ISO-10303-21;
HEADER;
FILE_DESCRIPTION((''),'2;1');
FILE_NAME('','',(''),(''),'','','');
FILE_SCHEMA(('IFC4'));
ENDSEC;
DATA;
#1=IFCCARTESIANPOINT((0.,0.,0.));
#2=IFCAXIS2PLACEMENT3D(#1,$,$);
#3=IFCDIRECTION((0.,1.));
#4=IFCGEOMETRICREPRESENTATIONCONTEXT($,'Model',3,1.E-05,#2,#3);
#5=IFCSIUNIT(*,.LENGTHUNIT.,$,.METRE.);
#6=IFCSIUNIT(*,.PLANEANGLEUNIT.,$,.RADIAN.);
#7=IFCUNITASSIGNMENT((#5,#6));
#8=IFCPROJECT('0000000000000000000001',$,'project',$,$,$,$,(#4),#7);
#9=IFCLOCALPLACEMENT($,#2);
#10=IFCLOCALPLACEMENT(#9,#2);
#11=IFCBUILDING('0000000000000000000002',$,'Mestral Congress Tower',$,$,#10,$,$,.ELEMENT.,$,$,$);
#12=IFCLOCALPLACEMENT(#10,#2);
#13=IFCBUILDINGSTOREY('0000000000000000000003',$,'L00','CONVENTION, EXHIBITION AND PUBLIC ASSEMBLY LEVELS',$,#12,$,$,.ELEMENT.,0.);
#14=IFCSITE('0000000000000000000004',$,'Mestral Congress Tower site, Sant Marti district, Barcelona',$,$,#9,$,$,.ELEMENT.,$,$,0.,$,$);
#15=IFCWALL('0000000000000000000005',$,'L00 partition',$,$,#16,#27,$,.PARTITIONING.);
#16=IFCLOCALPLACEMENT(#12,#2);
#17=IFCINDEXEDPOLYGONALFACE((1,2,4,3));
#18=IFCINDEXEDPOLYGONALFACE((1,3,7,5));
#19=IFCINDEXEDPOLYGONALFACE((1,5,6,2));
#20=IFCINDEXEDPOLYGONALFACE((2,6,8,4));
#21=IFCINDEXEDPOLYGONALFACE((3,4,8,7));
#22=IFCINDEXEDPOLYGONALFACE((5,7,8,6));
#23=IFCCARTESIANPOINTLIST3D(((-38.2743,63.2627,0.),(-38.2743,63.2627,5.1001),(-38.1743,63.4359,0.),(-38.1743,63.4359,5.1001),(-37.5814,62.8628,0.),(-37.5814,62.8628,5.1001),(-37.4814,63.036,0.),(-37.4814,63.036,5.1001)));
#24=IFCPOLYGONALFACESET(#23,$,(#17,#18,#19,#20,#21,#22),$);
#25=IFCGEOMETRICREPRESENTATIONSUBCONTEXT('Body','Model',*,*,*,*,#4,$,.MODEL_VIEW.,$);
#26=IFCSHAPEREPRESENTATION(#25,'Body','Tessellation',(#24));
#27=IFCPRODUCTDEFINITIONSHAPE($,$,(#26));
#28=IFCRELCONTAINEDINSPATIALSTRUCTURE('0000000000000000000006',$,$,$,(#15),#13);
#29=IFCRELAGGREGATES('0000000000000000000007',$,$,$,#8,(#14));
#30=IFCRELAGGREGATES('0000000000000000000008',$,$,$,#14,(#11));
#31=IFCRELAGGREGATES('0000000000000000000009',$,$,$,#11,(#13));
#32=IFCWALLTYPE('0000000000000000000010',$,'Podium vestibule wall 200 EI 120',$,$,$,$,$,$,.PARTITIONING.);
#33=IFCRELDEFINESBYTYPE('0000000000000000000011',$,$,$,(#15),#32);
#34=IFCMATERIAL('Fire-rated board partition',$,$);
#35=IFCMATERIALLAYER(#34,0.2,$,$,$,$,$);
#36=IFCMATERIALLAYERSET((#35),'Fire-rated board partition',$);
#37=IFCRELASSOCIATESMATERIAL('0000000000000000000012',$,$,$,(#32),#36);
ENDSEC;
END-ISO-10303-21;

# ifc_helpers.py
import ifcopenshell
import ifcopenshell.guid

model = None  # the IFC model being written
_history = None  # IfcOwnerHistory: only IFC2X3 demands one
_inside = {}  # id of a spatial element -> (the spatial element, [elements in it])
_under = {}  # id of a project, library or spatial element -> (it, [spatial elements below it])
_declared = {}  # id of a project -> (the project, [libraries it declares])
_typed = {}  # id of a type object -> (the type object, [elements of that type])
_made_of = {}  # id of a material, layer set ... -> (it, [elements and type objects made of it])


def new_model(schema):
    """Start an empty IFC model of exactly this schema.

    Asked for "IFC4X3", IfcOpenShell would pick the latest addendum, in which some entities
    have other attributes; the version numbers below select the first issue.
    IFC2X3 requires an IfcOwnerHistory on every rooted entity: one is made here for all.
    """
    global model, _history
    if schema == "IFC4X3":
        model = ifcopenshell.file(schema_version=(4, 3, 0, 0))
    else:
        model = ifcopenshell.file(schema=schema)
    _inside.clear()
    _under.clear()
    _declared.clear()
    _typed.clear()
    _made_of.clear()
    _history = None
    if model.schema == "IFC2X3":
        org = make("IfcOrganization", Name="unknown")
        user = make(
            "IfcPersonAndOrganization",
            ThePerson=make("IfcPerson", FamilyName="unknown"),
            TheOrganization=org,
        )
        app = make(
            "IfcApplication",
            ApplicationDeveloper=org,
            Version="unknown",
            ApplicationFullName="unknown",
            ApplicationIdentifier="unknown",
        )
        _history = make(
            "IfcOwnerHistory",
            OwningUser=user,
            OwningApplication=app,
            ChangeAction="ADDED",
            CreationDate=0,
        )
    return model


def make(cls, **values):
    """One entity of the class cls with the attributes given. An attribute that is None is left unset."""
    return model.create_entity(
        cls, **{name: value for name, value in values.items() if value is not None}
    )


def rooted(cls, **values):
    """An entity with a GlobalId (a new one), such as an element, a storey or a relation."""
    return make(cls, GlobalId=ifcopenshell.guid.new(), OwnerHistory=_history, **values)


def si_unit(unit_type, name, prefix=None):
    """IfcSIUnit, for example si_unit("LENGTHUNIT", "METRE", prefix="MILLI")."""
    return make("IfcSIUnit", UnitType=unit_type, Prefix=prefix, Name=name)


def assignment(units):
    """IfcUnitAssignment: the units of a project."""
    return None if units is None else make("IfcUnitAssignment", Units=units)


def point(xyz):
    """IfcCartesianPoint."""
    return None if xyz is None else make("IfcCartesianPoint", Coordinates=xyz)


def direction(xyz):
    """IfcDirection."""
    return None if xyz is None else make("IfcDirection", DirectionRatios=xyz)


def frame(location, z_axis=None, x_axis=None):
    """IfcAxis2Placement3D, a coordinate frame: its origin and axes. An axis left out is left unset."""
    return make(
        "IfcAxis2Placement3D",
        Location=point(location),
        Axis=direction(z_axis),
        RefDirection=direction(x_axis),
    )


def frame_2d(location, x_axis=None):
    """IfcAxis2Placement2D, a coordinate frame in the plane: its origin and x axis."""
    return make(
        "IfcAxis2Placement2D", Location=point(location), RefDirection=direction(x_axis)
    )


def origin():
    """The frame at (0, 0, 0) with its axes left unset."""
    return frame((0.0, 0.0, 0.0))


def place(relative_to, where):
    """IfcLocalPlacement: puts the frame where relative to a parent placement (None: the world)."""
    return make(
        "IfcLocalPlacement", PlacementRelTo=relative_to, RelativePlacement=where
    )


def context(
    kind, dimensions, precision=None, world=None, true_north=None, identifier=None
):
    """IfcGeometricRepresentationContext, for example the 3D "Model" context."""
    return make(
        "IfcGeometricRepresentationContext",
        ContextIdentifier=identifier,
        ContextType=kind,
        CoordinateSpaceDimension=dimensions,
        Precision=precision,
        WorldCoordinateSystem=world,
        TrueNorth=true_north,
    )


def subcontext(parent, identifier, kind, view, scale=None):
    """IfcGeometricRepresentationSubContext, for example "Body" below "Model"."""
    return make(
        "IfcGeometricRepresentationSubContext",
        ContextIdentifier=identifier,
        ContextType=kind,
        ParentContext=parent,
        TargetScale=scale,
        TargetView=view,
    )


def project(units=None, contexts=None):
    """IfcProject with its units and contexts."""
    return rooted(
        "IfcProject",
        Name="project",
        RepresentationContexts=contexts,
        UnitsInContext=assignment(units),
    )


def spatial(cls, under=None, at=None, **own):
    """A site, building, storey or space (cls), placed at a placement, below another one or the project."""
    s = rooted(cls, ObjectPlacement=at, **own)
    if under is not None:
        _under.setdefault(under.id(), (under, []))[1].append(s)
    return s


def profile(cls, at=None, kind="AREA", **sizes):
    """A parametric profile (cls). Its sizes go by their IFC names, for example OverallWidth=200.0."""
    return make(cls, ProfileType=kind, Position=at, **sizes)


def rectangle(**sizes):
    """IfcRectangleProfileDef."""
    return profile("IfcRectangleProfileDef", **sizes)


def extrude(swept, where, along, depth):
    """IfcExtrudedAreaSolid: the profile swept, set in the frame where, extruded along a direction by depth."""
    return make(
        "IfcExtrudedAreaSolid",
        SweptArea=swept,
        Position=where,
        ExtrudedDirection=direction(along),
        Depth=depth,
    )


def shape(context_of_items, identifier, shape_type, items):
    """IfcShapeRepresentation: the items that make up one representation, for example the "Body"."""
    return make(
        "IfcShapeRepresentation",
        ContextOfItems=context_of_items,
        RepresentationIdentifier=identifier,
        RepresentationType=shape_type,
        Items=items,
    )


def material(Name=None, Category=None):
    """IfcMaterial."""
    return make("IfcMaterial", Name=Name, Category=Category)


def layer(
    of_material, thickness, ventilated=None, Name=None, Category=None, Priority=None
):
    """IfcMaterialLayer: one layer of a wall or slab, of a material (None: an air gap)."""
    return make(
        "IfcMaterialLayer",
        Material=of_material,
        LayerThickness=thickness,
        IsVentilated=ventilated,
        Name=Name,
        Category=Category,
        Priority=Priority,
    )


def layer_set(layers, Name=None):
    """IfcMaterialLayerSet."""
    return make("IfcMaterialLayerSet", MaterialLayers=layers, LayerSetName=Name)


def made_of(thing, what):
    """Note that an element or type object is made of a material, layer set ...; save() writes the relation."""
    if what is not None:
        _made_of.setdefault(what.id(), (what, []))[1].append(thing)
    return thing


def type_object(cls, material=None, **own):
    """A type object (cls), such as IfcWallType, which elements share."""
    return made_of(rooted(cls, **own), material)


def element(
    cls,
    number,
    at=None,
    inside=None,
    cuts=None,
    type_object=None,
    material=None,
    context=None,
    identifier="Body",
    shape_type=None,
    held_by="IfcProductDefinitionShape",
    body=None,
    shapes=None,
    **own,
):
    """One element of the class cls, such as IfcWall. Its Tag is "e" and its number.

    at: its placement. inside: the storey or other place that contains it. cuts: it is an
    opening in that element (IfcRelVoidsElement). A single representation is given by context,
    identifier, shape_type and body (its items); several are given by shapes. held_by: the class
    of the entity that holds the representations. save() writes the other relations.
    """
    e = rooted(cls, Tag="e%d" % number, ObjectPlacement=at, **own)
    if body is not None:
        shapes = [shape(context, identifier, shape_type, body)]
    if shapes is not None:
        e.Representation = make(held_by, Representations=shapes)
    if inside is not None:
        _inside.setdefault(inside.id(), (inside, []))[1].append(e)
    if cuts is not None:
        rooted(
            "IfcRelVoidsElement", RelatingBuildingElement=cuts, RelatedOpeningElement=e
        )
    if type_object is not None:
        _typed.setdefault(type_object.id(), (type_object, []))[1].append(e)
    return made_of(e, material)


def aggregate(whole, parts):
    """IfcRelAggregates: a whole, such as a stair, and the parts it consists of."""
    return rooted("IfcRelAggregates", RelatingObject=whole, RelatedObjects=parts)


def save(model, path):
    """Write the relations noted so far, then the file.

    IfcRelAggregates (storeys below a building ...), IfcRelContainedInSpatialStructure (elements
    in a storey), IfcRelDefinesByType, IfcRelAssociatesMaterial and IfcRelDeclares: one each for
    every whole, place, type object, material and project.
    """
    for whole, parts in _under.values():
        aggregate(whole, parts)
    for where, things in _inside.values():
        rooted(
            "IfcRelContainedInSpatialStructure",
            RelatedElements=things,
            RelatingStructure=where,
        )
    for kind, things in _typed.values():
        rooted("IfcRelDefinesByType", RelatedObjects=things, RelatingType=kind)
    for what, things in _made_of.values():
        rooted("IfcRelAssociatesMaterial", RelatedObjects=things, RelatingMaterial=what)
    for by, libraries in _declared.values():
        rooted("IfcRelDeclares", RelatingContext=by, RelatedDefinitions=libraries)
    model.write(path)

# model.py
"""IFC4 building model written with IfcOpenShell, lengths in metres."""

from ifc_helpers import new_model, si_unit, direction, frame, frame_2d, origin, place, context, subcontext, project, spatial, rectangle, extrude, material, layer, layer_set, type_object, element, save


model = new_model("IFC4")

# Units and contexts
model_context = context("Model", 3, precision=1e-05, world=origin(), true_north=direction((0.0, 1.0)))
body_context = subcontext(model_context, "Body", "Model", "MODEL_VIEW")
ifc_project = project(units=[si_unit("LENGTHUNIT", "METRE"), si_unit("PLANEANGLEUNIT", "RADIAN")], contexts=[model_context])

# Site, building, storey
site_placement = place(None, origin())
site = spatial("IfcSite", under=ifc_project, at=site_placement, Name="Mestral Congress Tower site, Sant Marti district, Barcelona", CompositionType="ELEMENT", RefElevation=0.0)
building_placement = place(site_placement, origin())
building = spatial("IfcBuilding", under=site, at=building_placement, Name="Mestral Congress Tower", CompositionType="ELEMENT")
storey_placement = place(building_placement, origin())
storey = spatial("IfcBuildingStorey", under=building, at=storey_placement, Name="L00", Description="CONVENTION, EXHIBITION AND PUBLIC ASSEMBLY LEVELS", CompositionType="ELEMENT", Elevation=0.0)

# Wall
ifc_material_1 = material(Name="Fire-rated board partition")
ifc_layer_1 = layer(ifc_material_1, 0.2)
ifc_layer_set_1 = layer_set([ifc_layer_1], Name="Fire-rated board partition")
wall_type_1 = type_object("IfcWallType", Name="Podium vestibule wall 200 EI 120", PredefinedType="PARTITIONING", material=ifc_layer_set_1)
wall_1_placement = place(storey_placement, frame((-37.5315, 62.9495, 0.0), z_axis=(0.0, 0.0, 1.0), x_axis=(-0.866094, 0.499881, 0.0)))
element("IfcWall", 1, at=wall_1_placement, inside=storey, type_object=wall_type_1, Name="L00 partition", PredefinedType="PARTITIONING", context=body_context, shape_type="SweptSolid", body=[
    extrude(rectangle(XDim=0.8, YDim=0.2, at=frame_2d((0.3999, 0.0))), origin(), (0.0, 0.0, 1.0), 5.1001),
])

save(model, "model.ifc")
